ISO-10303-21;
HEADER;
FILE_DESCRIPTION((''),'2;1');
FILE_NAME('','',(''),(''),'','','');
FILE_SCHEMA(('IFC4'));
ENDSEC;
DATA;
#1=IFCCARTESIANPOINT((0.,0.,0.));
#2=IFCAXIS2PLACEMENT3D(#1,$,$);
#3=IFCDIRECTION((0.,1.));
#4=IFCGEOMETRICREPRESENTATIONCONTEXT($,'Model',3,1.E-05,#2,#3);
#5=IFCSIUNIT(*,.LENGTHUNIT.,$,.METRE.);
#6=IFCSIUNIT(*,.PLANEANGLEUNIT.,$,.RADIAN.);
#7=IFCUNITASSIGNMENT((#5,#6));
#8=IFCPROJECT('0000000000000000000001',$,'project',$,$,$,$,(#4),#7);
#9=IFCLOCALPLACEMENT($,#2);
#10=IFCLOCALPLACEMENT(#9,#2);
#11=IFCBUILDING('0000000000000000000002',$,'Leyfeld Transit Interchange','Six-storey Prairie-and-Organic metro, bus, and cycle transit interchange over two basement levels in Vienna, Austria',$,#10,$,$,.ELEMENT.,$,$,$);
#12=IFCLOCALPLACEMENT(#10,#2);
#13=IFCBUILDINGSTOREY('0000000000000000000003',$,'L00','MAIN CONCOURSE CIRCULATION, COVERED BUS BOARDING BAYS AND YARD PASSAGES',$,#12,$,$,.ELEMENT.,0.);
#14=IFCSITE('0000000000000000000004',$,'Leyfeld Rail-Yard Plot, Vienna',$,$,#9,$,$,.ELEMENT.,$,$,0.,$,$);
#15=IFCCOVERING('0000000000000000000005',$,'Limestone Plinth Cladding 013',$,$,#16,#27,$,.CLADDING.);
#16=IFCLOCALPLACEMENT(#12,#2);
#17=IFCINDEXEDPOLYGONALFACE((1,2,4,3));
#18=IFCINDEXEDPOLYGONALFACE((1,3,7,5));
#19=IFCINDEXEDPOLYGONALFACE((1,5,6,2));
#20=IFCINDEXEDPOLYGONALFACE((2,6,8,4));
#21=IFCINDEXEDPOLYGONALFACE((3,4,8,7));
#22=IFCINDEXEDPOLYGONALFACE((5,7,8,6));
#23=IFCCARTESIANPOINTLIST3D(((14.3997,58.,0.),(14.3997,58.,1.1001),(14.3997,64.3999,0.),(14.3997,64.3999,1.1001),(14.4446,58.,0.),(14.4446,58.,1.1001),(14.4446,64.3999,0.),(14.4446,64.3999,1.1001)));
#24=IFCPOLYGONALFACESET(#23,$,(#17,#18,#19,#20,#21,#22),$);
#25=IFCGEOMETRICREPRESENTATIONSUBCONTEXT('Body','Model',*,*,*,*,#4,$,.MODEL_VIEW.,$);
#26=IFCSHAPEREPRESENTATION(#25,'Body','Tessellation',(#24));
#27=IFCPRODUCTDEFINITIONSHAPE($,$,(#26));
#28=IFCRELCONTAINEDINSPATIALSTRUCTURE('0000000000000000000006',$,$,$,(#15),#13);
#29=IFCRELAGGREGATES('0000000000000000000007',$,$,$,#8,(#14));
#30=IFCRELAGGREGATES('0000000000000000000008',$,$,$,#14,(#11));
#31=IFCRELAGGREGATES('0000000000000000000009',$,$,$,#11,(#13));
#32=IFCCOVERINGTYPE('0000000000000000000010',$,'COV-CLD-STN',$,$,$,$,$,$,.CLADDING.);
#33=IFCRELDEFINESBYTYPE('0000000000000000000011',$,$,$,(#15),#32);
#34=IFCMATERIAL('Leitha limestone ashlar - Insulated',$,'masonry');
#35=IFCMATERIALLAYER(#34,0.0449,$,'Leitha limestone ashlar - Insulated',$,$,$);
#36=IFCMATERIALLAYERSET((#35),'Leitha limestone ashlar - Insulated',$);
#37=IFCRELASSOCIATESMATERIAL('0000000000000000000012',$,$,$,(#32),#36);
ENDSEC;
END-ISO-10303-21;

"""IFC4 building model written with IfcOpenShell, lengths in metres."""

from ifc_helpers import new_model, si_unit, direction, frame, origin, origin_2d, place, context, subcontext, project, spatial, rectangle, extrude, material, layer, layer_set, type_object, element, save


model = new_model("IFC4")

# Units and contexts
model_context = context("Model", 3, precision=1e-05, world=origin(), true_north=direction((0.0, 1.0)))
body_context = subcontext(model_context, "Body", "Model", "MODEL_VIEW")
ifc_project = project(units=[si_unit("LENGTHUNIT", "METRE"), si_unit("PLANEANGLEUNIT", "RADIAN")], contexts=[model_context])

# Site, building, storey
site_placement = place(None, origin())
site = spatial("IfcSite", under=ifc_project, at=site_placement, Name="Leyfeld Rail-Yard Plot, Vienna", CompositionType="ELEMENT", RefElevation=0.0)
building_placement = place(site_placement, origin())
building = spatial("IfcBuilding", under=site, at=building_placement, Name="Leyfeld Transit Interchange", Description="Six-storey Prairie-and-Organic metro, bus, and cycle transit interchange over two basement levels in Vienna, Austria", CompositionType="ELEMENT")
storey_placement = place(building_placement, origin())
storey = spatial("IfcBuildingStorey", under=building, at=storey_placement, Name="L00", Description="MAIN CONCOURSE CIRCULATION, COVERED BUS BOARDING BAYS AND YARD PASSAGES", CompositionType="ELEMENT", Elevation=0.0)

# Shared definitions
ifc_material_1 = material(Name="Leitha limestone ashlar - Insulated", Category="masonry")

# Covering
ifc_layer_1 = layer(ifc_material_1, 0.0449, Name="Leitha limestone ashlar - Insulated")
ifc_layer_set_1 = layer_set([ifc_layer_1], Name="Leitha limestone ashlar - Insulated")
covering_type = type_object("IfcCoveringType", Name="COV-CLD-STN", PredefinedType="CLADDING", material=ifc_layer_set_1)
covering_placement = place(storey_placement, frame((14.4221, 61.2, 0.0), z_axis=(0.0, 0.0, 1.0), x_axis=(0.0, -1.0, 0.0)))
element("IfcCovering", 1, at=covering_placement, inside=storey, type_object=covering_type, Name="Limestone Plinth Cladding 013", PredefinedType="CLADDING", context=body_context, shape_type="SweptSolid", body=[
    extrude(rectangle(XDim=6.3999, YDim=0.0449, at=origin_2d()), origin(), (0.0, 0.0, 1.0), 1.1001),
])

save(model, "model.ifc")
